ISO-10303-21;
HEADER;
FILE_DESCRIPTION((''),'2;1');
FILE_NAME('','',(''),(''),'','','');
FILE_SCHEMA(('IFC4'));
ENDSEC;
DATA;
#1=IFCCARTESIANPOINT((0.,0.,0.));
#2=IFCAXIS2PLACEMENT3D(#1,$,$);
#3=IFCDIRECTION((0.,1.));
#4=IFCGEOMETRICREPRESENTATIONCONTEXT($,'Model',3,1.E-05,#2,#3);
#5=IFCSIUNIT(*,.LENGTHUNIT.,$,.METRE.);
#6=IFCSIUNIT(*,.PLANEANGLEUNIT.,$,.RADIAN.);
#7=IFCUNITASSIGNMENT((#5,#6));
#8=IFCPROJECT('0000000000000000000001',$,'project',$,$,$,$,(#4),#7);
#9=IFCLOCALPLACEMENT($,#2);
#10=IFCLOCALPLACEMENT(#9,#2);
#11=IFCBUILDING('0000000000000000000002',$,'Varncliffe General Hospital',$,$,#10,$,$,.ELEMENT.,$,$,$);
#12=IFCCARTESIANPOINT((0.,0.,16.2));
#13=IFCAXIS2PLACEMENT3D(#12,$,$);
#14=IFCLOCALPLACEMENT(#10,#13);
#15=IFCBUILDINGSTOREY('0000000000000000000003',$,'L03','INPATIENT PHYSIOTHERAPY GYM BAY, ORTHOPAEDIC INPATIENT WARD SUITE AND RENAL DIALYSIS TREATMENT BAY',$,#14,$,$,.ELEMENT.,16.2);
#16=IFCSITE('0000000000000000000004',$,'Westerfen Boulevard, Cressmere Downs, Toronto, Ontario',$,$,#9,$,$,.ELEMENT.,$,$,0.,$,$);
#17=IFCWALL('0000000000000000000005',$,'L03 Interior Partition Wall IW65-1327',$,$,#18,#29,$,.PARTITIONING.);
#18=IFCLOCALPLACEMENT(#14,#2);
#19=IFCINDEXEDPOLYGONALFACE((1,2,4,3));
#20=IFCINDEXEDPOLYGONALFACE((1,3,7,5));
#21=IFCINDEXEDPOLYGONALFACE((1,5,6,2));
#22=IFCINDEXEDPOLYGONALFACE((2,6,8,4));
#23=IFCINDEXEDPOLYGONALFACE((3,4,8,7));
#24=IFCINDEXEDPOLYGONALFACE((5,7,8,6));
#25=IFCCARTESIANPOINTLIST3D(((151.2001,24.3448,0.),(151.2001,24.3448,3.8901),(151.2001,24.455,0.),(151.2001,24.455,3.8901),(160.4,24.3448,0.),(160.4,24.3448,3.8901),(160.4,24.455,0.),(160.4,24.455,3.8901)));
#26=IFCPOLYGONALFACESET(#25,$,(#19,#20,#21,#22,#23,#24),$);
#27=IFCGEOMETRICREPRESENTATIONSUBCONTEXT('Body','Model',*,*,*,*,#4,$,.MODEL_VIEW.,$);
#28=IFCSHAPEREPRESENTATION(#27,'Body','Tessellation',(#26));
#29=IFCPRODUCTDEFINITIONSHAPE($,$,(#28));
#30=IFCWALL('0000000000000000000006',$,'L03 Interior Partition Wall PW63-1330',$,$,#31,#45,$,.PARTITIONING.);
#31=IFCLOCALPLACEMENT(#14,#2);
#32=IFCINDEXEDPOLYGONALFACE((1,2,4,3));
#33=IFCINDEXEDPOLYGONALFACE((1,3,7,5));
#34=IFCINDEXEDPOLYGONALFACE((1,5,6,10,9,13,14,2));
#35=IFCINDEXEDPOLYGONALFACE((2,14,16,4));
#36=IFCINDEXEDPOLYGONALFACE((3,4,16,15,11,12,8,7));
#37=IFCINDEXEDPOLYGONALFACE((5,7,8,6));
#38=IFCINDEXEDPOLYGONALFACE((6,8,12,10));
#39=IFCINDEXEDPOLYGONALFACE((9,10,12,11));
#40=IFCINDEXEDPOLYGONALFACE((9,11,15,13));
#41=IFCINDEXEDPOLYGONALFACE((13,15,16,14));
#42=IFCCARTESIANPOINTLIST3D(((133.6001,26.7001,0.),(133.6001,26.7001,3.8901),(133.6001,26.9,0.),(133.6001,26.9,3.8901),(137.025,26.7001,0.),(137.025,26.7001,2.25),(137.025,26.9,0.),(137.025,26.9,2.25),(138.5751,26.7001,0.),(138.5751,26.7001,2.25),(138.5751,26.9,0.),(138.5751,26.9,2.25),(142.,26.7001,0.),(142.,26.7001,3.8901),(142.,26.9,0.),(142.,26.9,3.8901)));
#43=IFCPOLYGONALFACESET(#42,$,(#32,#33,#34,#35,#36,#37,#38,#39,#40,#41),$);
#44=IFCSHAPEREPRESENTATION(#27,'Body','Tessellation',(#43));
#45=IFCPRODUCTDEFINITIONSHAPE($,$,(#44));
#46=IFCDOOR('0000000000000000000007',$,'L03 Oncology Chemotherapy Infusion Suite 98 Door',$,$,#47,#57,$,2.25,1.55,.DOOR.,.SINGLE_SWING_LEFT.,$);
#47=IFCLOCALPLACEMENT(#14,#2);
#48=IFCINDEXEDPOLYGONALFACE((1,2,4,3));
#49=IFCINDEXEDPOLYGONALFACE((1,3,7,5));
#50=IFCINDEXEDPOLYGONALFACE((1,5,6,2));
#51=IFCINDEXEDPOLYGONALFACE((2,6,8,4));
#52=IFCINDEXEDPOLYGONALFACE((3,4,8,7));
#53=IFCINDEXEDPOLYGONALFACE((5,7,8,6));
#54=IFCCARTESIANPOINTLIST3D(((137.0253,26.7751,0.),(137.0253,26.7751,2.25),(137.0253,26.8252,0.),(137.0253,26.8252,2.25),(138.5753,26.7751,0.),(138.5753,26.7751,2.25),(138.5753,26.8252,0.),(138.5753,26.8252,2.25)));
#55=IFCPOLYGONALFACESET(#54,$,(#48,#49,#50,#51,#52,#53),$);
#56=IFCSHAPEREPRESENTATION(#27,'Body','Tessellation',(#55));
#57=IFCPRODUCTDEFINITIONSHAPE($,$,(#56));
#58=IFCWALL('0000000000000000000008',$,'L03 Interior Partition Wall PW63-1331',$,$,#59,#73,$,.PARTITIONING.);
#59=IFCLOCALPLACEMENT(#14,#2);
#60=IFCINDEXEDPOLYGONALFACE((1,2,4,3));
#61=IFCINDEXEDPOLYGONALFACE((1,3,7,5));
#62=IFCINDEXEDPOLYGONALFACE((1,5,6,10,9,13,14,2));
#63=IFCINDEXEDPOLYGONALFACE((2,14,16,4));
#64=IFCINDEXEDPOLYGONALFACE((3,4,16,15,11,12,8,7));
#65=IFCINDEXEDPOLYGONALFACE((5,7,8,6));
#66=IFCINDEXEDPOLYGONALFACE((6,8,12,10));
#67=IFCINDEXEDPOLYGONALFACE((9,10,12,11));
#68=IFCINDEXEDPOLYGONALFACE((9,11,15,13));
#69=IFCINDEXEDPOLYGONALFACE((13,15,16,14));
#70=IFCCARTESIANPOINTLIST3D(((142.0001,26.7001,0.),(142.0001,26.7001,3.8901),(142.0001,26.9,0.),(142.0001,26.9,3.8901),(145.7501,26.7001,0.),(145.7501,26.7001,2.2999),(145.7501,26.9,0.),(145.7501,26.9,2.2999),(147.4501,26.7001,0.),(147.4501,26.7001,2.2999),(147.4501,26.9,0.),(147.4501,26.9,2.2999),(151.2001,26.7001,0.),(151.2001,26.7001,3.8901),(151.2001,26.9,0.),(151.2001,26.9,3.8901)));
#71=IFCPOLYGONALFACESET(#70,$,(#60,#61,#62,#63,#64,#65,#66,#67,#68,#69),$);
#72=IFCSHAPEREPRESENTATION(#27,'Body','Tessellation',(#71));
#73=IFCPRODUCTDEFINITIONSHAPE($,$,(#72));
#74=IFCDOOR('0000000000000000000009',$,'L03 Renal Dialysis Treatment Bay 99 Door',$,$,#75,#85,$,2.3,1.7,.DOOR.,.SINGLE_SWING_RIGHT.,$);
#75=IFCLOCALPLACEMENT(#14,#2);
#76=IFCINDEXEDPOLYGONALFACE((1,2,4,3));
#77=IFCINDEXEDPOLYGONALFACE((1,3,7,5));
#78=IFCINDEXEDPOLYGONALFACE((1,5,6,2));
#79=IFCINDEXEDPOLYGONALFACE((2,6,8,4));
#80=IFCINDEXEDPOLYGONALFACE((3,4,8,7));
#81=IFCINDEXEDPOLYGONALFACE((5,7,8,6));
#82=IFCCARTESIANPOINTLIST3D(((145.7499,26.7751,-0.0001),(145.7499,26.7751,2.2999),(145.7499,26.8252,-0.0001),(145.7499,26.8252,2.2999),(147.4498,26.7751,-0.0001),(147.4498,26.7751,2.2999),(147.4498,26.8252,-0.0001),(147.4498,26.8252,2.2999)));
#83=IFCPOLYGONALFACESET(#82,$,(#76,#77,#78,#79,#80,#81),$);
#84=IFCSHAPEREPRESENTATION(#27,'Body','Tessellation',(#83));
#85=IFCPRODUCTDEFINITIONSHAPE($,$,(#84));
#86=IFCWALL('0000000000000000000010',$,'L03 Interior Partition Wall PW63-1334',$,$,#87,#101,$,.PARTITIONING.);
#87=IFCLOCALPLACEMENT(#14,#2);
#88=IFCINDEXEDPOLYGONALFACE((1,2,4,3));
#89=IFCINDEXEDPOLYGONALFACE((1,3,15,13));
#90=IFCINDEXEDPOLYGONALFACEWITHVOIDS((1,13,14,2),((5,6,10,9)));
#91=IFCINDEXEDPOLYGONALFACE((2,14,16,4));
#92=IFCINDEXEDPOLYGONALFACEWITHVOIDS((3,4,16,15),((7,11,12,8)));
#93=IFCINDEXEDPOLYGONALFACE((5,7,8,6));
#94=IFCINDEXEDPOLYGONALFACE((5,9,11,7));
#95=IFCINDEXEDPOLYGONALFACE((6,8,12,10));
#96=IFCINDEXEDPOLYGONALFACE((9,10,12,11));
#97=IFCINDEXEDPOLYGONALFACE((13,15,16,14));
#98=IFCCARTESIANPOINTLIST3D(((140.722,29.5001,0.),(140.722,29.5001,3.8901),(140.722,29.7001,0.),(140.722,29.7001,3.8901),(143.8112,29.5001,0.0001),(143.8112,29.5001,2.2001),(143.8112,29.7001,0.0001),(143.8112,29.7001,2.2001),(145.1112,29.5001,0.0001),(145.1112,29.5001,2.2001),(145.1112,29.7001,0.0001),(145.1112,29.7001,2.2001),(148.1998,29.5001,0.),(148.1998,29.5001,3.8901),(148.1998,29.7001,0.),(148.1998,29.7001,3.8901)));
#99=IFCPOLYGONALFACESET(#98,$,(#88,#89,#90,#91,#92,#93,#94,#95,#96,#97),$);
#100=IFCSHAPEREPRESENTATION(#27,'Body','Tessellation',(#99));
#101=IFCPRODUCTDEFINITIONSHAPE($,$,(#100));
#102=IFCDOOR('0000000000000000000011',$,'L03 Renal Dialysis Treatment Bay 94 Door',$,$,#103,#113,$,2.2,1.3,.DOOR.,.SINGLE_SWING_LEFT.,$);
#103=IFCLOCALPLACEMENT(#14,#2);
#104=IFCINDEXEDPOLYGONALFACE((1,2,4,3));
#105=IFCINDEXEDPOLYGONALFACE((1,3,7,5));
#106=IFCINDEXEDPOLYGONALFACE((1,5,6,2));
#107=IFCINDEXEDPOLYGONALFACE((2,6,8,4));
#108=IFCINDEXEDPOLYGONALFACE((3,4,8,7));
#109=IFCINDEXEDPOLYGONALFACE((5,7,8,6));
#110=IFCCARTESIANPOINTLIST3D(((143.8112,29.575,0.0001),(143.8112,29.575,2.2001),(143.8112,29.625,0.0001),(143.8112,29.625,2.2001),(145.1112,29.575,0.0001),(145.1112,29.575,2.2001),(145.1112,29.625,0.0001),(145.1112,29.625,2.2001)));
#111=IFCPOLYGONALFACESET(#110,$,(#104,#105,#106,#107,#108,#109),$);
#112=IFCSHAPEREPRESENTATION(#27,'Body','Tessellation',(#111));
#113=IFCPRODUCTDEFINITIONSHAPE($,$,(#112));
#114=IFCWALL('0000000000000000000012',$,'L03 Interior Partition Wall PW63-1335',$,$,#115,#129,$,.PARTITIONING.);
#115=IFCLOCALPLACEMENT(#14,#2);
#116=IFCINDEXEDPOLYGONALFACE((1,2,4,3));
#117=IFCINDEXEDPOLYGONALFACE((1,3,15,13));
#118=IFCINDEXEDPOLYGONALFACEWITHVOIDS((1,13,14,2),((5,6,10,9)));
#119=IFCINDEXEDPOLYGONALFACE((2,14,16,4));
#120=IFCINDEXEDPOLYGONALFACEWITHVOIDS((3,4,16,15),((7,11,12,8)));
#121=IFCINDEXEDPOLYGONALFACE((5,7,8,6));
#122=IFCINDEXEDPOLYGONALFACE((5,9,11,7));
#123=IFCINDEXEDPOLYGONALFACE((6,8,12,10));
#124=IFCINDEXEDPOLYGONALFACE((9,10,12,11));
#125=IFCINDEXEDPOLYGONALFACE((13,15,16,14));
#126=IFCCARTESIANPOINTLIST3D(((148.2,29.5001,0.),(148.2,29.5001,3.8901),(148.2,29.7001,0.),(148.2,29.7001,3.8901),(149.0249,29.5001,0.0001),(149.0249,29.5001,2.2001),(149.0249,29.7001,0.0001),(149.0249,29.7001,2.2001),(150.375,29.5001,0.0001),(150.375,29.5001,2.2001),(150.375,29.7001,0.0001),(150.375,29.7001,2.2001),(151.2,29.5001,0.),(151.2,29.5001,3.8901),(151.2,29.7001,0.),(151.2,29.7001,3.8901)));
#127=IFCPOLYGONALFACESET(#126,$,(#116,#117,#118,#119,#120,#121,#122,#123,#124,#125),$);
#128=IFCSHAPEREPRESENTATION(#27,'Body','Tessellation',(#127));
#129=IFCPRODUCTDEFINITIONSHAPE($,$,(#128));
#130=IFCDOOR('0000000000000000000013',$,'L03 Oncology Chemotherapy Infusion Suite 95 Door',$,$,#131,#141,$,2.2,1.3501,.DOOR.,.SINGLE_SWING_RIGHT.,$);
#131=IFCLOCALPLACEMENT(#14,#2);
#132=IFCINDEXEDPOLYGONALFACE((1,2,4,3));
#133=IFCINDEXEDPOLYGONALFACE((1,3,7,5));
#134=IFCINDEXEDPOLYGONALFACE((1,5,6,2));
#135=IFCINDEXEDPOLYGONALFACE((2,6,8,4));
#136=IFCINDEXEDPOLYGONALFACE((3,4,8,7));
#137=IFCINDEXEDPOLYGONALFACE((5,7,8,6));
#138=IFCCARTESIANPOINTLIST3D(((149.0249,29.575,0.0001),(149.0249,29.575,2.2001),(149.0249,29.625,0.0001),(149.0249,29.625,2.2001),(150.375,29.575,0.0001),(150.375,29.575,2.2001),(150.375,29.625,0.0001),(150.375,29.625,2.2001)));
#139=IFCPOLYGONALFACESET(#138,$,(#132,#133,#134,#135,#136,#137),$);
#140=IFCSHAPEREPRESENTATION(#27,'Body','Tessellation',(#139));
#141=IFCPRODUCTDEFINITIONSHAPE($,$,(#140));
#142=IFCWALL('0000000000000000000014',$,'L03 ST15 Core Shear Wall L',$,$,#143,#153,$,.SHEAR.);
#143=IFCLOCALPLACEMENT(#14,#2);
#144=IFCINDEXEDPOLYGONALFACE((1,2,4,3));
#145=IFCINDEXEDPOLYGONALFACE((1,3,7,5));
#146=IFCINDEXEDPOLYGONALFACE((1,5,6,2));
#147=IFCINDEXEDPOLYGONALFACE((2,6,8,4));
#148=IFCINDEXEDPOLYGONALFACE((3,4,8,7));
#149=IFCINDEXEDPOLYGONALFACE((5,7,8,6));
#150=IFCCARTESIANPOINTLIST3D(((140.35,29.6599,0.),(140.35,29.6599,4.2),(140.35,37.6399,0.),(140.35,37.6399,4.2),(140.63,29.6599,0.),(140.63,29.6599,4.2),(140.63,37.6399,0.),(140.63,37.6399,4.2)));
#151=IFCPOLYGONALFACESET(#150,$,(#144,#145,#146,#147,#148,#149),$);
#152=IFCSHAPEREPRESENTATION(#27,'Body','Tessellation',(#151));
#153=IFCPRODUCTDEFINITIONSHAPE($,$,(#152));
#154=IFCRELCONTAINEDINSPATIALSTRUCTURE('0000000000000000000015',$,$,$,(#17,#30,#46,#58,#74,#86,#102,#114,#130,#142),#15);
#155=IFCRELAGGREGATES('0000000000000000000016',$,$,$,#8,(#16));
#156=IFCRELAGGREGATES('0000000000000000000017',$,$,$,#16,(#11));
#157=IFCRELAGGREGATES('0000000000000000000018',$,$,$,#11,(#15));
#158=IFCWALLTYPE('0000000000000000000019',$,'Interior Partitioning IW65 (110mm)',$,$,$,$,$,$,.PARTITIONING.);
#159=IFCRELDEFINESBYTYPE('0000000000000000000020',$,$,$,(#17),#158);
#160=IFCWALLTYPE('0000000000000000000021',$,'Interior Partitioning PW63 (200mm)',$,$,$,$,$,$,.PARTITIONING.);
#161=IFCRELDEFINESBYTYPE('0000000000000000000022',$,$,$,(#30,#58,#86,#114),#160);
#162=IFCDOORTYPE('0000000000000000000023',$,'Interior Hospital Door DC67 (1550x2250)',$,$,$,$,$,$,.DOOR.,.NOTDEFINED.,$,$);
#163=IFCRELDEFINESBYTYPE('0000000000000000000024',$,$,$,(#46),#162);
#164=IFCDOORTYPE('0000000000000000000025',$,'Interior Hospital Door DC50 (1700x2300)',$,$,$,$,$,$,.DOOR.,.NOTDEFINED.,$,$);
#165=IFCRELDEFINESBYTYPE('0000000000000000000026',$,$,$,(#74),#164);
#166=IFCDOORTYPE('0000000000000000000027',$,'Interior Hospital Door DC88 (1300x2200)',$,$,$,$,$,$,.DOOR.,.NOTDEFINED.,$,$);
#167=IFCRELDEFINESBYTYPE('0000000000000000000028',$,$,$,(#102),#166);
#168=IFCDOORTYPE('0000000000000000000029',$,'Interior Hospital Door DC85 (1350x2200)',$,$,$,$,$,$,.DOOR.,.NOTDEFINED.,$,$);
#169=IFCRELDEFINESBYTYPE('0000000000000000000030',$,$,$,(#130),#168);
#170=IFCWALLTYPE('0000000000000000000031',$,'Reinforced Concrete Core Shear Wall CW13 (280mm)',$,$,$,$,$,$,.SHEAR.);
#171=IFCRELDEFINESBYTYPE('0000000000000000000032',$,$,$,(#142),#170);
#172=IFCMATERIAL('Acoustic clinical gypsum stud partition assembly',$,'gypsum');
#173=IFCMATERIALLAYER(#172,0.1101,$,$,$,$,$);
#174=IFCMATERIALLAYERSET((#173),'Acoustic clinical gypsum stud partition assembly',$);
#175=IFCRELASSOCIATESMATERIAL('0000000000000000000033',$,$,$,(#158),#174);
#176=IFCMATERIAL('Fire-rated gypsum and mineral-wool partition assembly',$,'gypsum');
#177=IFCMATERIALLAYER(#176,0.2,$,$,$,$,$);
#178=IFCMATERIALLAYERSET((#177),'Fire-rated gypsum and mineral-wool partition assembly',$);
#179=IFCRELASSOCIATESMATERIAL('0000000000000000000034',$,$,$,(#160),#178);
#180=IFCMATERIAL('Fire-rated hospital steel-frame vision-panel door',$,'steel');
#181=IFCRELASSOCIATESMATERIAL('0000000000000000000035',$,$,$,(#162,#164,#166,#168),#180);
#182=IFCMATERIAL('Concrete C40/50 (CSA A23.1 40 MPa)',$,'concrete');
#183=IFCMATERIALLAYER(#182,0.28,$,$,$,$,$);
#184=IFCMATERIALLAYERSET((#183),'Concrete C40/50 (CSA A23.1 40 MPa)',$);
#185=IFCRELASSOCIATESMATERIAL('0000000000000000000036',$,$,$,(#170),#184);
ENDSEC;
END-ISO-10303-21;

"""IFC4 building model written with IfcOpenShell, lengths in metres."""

from ifc_helpers import new_model, si_unit, direction, frame, frame_2d, origin, place, context, subcontext, project, spatial, rectangle, extrude, material, layer, layer_set, type_object, element, fill, save


model = new_model("IFC4")

# Units and contexts
model_context = context("Model", 3, precision=1e-05, world=origin(), true_north=direction((0.0, 1.0)))
body_context = subcontext(model_context, "Body", "Model", "MODEL_VIEW")
ifc_project = project(units=[si_unit("LENGTHUNIT", "METRE"), si_unit("PLANEANGLEUNIT", "RADIAN")], contexts=[model_context])

# Site, building, storey
site_placement = place(None, origin())
site = spatial("IfcSite", under=ifc_project, at=site_placement, Name="Westerfen Boulevard, Cressmere Downs, Toronto, Ontario", CompositionType="ELEMENT", RefElevation=0.0)
building_placement = place(site_placement, origin())
building = spatial("IfcBuilding", under=site, at=building_placement, Name="Varncliffe General Hospital", CompositionType="ELEMENT")
storey_placement = place(building_placement, frame((0.0, 0.0, 16.2)))
storey = spatial("IfcBuildingStorey", under=building, at=storey_placement, Name="L03", Description="INPATIENT PHYSIOTHERAPY GYM BAY, ORTHOPAEDIC INPATIENT WARD SUITE AND RENAL DIALYSIS TREATMENT BAY", CompositionType="ELEMENT", Elevation=16.2)

# Shared definitions
ifc_material_1 = material(Name="Concrete C40/50 (CSA A23.1 40 MPa)", Category="concrete")

# Wall
ifc_material_2 = material(Name="Acoustic clinical gypsum stud partition assembly", Category="gypsum")
ifc_layer_1 = layer(ifc_material_2, 0.1101)
ifc_layer_set_1 = layer_set([ifc_layer_1], Name="Acoustic clinical gypsum stud partition assembly")
wall_type_1 = type_object("IfcWallType", Name="Interior Partitioning IW65 (110mm)", PredefinedType="PARTITIONING", material=ifc_layer_set_1)
wall_1_placement = place(storey_placement, frame((151.2, 24.3999, 0.0), z_axis=(0.0, 0.0, 1.0), x_axis=(1.0, 0.0, 0.0)))
element("IfcWall", 1, at=wall_1_placement, inside=storey, type_object=wall_type_1, Name="L03 Interior Partition Wall IW65-1327", PredefinedType="PARTITIONING", context=body_context, shape_type="SweptSolid", body=[
    extrude(rectangle(XDim=9.2, YDim=0.1101, at=frame_2d((4.6001, 0.0))), origin(), (0.0, 0.0, 1.0), 3.8901),
])

# Walls, openings, doors
ifc_material_3 = material(Name="Fire-rated gypsum and mineral-wool partition assembly", Category="gypsum")
ifc_layer_2 = layer(ifc_material_3, 0.2)
ifc_layer_set_2 = layer_set([ifc_layer_2], Name="Fire-rated gypsum and mineral-wool partition assembly")
wall_type_2 = type_object("IfcWallType", Name="Interior Partitioning PW63 (200mm)", PredefinedType="PARTITIONING", material=ifc_layer_set_2)
wall_2_placement = place(storey_placement, frame((133.6001, 26.8, 0.0), z_axis=(0.0, 0.0, 1.0), x_axis=(1.0, 0.0, 0.0)))
wall_2 = element("IfcWall", 2, at=wall_2_placement, inside=storey, type_object=wall_type_2, Name="L03 Interior Partition Wall PW63-1330", PredefinedType="PARTITIONING", context=body_context, shape_type="SweptSolid", body=[
    extrude(rectangle(XDim=8.3999, YDim=0.2, at=frame_2d((4.2, 0.0))), origin(), (0.0, 0.0, 1.0), 3.8901),
])
opening_1_placement = place(wall_2_placement, frame((3.425, 0.0, 0.0)))
opening_1 = element("IfcOpeningElement", 3, at=opening_1_placement, cuts=wall_2, PredefinedType="OPENING", context=body_context, shape_type="SweptSolid", body=[
    extrude(rectangle(XDim=1.55, YDim=2.25, at=frame_2d((0.7749, 1.125))), frame((0.0, 0.1099, 0.0), z_axis=(0.0, -1.0, 0.0), x_axis=(1.0, 0.0, 0.0)), (0.0, 0.0, 1.0), 0.22),
])
ifc_material_4 = material(Name="Fire-rated hospital steel-frame vision-panel door", Category="steel")
door_type_1 = type_object("IfcDoorType", Name="Interior Hospital Door DC67 (1550x2250)", OperationType="NOTDEFINED", PredefinedType="DOOR", material=ifc_material_4)
door_1_placement = place(opening_1_placement, frame((1.55, 0.0, 0.0), z_axis=(0.0, 0.0, 1.0), x_axis=(-1.0, 0.0, 0.0)))
door_1 = element("IfcDoor", 4, at=door_1_placement, inside=storey, type_object=door_type_1, Name="L03 Oncology Chemotherapy Infusion Suite 98 Door", OperationType="SINGLE_SWING_LEFT", OverallHeight=2.25, OverallWidth=1.55, PredefinedType="DOOR", context=body_context, shape_type="SweptSolid", body=[
    extrude(rectangle(XDim=1.55, YDim=2.25, at=frame_2d((0.7749, 1.125))), frame((0.0, 0.0249, 0.0), z_axis=(0.0, -1.0, 0.0), x_axis=(1.0, 0.0, 0.0)), (0.0, 0.0, 1.0), 0.05),
])
fill(opening_1, door_1)
wall_3_placement = place(storey_placement, frame((142.0, 26.8, 0.0), z_axis=(0.0, 0.0, 1.0), x_axis=(1.0, 0.0, 0.0)))
wall_3 = element("IfcWall", 5, at=wall_3_placement, inside=storey, type_object=wall_type_2, Name="L03 Interior Partition Wall PW63-1331", PredefinedType="PARTITIONING", context=body_context, shape_type="SweptSolid", body=[
    extrude(rectangle(XDim=9.2, YDim=0.2, at=frame_2d((4.6001, 0.0))), origin(), (0.0, 0.0, 1.0), 3.8901),
])
opening_2_placement = place(wall_3_placement, frame((3.75, 0.0, 0.0)))
opening_2 = element("IfcOpeningElement", 6, at=opening_2_placement, cuts=wall_3, PredefinedType="OPENING", context=body_context, shape_type="SweptSolid", body=[
    extrude(rectangle(XDim=1.7, YDim=2.3, at=frame_2d((0.8501, 1.1499))), frame((0.0, 0.1099, 0.0), z_axis=(0.0, -1.0, 0.0), x_axis=(1.0, 0.0, 0.0)), (0.0, 0.0, 1.0), 0.22),
])
door_type_2 = type_object("IfcDoorType", Name="Interior Hospital Door DC50 (1700x2300)", OperationType="NOTDEFINED", PredefinedType="DOOR", material=ifc_material_4)
door_2_placement = place(opening_2_placement, frame((1.7, 0.0, 0.0), z_axis=(0.0, 0.0, 1.0), x_axis=(-1.0, 0.0, 0.0)))
door_2 = element("IfcDoor", 7, at=door_2_placement, inside=storey, type_object=door_type_2, Name="L03 Renal Dialysis Treatment Bay 99 Door", OperationType="SINGLE_SWING_RIGHT", OverallHeight=2.3, OverallWidth=1.7, PredefinedType="DOOR", context=body_context, shape_type="SweptSolid", body=[
    extrude(rectangle(XDim=1.7, YDim=2.3, at=frame_2d((0.8501, 1.1499))), frame((0.0, 0.0249, 0.0), z_axis=(0.0, -1.0, 0.0), x_axis=(1.0, 0.0, 0.0)), (0.0, 0.0, 1.0), 0.05),
])
fill(opening_2, door_2)
wall_4_placement = place(storey_placement, frame((140.7222, 29.6001, 0.0), z_axis=(0.0, 0.0, 1.0), x_axis=(1.0, 0.0, 0.0)))
wall_4 = element("IfcWall", 8, at=wall_4_placement, inside=storey, type_object=wall_type_2, Name="L03 Interior Partition Wall PW63-1334", PredefinedType="PARTITIONING", context=body_context, shape_type="SweptSolid", body=[
    extrude(rectangle(XDim=7.4778, YDim=0.2, at=frame_2d((3.7388, 0.0))), origin(), (0.0, 0.0, 1.0), 3.8901),
])
opening_3_placement = place(wall_4_placement, frame((3.0891, 0.0, 0.0)))
opening_3 = element("IfcOpeningElement", 9, at=opening_3_placement, cuts=wall_4, PredefinedType="OPENING", context=body_context, shape_type="SweptSolid", body=[
    extrude(rectangle(XDim=1.3, YDim=2.2, at=frame_2d((0.6499, 1.1001))), frame((0.0, 0.1099, 0.0), z_axis=(0.0, -1.0, 0.0), x_axis=(1.0, 0.0, 0.0)), (0.0, 0.0, 1.0), 0.22),
])
door_type_3 = type_object("IfcDoorType", Name="Interior Hospital Door DC88 (1300x2200)", OperationType="NOTDEFINED", PredefinedType="DOOR", material=ifc_material_4)
door_3_placement = place(opening_3_placement, origin())
door_3 = element("IfcDoor", 10, at=door_3_placement, inside=storey, type_object=door_type_3, Name="L03 Renal Dialysis Treatment Bay 94 Door", OperationType="SINGLE_SWING_LEFT", OverallHeight=2.2, OverallWidth=1.3, PredefinedType="DOOR", context=body_context, shape_type="SweptSolid", body=[
    extrude(rectangle(XDim=1.3, YDim=2.2, at=frame_2d((0.6499, 1.1001))), frame((0.0, 0.0249, 0.0), z_axis=(0.0, -1.0, 0.0), x_axis=(1.0, 0.0, 0.0)), (0.0, 0.0, 1.0), 0.05),
])
fill(opening_3, door_3)
wall_5_placement = place(storey_placement, frame((148.2, 29.6001, 0.0), z_axis=(0.0, 0.0, 1.0), x_axis=(1.0, 0.0, 0.0)))
wall_5 = element("IfcWall", 11, at=wall_5_placement, inside=storey, type_object=wall_type_2, Name="L03 Interior Partition Wall PW63-1335", PredefinedType="PARTITIONING", context=body_context, shape_type="SweptSolid", body=[
    extrude(rectangle(XDim=3.0, YDim=0.2, at=frame_2d((1.5, 0.0))), origin(), (0.0, 0.0, 1.0), 3.8901),
])
opening_4_placement = place(wall_5_placement, frame((0.825, 0.0, 0.0)))
opening_4 = element("IfcOpeningElement", 12, at=opening_4_placement, cuts=wall_5, PredefinedType="OPENING", context=body_context, shape_type="SweptSolid", body=[
    extrude(rectangle(XDim=1.3501, YDim=2.2, at=frame_2d((0.675, 1.1001))), frame((0.0, 0.1099, 0.0), z_axis=(0.0, -1.0, 0.0), x_axis=(1.0, 0.0, 0.0)), (0.0, 0.0, 1.0), 0.22),
])
door_type_4 = type_object("IfcDoorType", Name="Interior Hospital Door DC85 (1350x2200)", OperationType="NOTDEFINED", PredefinedType="DOOR", material=ifc_material_4)
door_4_placement = place(opening_4_placement, origin())
door_4 = element("IfcDoor", 13, at=door_4_placement, inside=storey, type_object=door_type_4, Name="L03 Oncology Chemotherapy Infusion Suite 95 Door", OperationType="SINGLE_SWING_RIGHT", OverallHeight=2.2, OverallWidth=1.3501, PredefinedType="DOOR", context=body_context, shape_type="SweptSolid", body=[
    extrude(rectangle(XDim=1.3501, YDim=2.2, at=frame_2d((0.675, 1.1001))), frame((0.0, 0.0249, 0.0), z_axis=(0.0, -1.0, 0.0), x_axis=(1.0, 0.0, 0.0)), (0.0, 0.0, 1.0), 0.05),
])
fill(opening_4, door_4)

# Wall
ifc_layer_3 = layer(ifc_material_1, 0.28)
ifc_layer_set_3 = layer_set([ifc_layer_3], Name="Concrete C40/50 (CSA A23.1 40 MPa)")
wall_type_3 = type_object("IfcWallType", Name="Reinforced Concrete Core Shear Wall CW13 (280mm)", PredefinedType="SHEAR", material=ifc_layer_set_3)
wall_6_placement = place(storey_placement, frame((140.49, 29.6599, 0.0), z_axis=(0.0, 0.0, 1.0), x_axis=(0.0, 1.0, 0.0)))
element("IfcWall", 14, at=wall_6_placement, inside=storey, type_object=wall_type_3, Name="L03 ST15 Core Shear Wall L", PredefinedType="SHEAR", context=body_context, shape_type="SweptSolid", body=[
    extrude(rectangle(XDim=7.98, YDim=0.28, at=frame_2d((3.99, 0.0))), origin(), (0.0, 0.0, 1.0), 4.2),
])

save(model, "model.ifc")
